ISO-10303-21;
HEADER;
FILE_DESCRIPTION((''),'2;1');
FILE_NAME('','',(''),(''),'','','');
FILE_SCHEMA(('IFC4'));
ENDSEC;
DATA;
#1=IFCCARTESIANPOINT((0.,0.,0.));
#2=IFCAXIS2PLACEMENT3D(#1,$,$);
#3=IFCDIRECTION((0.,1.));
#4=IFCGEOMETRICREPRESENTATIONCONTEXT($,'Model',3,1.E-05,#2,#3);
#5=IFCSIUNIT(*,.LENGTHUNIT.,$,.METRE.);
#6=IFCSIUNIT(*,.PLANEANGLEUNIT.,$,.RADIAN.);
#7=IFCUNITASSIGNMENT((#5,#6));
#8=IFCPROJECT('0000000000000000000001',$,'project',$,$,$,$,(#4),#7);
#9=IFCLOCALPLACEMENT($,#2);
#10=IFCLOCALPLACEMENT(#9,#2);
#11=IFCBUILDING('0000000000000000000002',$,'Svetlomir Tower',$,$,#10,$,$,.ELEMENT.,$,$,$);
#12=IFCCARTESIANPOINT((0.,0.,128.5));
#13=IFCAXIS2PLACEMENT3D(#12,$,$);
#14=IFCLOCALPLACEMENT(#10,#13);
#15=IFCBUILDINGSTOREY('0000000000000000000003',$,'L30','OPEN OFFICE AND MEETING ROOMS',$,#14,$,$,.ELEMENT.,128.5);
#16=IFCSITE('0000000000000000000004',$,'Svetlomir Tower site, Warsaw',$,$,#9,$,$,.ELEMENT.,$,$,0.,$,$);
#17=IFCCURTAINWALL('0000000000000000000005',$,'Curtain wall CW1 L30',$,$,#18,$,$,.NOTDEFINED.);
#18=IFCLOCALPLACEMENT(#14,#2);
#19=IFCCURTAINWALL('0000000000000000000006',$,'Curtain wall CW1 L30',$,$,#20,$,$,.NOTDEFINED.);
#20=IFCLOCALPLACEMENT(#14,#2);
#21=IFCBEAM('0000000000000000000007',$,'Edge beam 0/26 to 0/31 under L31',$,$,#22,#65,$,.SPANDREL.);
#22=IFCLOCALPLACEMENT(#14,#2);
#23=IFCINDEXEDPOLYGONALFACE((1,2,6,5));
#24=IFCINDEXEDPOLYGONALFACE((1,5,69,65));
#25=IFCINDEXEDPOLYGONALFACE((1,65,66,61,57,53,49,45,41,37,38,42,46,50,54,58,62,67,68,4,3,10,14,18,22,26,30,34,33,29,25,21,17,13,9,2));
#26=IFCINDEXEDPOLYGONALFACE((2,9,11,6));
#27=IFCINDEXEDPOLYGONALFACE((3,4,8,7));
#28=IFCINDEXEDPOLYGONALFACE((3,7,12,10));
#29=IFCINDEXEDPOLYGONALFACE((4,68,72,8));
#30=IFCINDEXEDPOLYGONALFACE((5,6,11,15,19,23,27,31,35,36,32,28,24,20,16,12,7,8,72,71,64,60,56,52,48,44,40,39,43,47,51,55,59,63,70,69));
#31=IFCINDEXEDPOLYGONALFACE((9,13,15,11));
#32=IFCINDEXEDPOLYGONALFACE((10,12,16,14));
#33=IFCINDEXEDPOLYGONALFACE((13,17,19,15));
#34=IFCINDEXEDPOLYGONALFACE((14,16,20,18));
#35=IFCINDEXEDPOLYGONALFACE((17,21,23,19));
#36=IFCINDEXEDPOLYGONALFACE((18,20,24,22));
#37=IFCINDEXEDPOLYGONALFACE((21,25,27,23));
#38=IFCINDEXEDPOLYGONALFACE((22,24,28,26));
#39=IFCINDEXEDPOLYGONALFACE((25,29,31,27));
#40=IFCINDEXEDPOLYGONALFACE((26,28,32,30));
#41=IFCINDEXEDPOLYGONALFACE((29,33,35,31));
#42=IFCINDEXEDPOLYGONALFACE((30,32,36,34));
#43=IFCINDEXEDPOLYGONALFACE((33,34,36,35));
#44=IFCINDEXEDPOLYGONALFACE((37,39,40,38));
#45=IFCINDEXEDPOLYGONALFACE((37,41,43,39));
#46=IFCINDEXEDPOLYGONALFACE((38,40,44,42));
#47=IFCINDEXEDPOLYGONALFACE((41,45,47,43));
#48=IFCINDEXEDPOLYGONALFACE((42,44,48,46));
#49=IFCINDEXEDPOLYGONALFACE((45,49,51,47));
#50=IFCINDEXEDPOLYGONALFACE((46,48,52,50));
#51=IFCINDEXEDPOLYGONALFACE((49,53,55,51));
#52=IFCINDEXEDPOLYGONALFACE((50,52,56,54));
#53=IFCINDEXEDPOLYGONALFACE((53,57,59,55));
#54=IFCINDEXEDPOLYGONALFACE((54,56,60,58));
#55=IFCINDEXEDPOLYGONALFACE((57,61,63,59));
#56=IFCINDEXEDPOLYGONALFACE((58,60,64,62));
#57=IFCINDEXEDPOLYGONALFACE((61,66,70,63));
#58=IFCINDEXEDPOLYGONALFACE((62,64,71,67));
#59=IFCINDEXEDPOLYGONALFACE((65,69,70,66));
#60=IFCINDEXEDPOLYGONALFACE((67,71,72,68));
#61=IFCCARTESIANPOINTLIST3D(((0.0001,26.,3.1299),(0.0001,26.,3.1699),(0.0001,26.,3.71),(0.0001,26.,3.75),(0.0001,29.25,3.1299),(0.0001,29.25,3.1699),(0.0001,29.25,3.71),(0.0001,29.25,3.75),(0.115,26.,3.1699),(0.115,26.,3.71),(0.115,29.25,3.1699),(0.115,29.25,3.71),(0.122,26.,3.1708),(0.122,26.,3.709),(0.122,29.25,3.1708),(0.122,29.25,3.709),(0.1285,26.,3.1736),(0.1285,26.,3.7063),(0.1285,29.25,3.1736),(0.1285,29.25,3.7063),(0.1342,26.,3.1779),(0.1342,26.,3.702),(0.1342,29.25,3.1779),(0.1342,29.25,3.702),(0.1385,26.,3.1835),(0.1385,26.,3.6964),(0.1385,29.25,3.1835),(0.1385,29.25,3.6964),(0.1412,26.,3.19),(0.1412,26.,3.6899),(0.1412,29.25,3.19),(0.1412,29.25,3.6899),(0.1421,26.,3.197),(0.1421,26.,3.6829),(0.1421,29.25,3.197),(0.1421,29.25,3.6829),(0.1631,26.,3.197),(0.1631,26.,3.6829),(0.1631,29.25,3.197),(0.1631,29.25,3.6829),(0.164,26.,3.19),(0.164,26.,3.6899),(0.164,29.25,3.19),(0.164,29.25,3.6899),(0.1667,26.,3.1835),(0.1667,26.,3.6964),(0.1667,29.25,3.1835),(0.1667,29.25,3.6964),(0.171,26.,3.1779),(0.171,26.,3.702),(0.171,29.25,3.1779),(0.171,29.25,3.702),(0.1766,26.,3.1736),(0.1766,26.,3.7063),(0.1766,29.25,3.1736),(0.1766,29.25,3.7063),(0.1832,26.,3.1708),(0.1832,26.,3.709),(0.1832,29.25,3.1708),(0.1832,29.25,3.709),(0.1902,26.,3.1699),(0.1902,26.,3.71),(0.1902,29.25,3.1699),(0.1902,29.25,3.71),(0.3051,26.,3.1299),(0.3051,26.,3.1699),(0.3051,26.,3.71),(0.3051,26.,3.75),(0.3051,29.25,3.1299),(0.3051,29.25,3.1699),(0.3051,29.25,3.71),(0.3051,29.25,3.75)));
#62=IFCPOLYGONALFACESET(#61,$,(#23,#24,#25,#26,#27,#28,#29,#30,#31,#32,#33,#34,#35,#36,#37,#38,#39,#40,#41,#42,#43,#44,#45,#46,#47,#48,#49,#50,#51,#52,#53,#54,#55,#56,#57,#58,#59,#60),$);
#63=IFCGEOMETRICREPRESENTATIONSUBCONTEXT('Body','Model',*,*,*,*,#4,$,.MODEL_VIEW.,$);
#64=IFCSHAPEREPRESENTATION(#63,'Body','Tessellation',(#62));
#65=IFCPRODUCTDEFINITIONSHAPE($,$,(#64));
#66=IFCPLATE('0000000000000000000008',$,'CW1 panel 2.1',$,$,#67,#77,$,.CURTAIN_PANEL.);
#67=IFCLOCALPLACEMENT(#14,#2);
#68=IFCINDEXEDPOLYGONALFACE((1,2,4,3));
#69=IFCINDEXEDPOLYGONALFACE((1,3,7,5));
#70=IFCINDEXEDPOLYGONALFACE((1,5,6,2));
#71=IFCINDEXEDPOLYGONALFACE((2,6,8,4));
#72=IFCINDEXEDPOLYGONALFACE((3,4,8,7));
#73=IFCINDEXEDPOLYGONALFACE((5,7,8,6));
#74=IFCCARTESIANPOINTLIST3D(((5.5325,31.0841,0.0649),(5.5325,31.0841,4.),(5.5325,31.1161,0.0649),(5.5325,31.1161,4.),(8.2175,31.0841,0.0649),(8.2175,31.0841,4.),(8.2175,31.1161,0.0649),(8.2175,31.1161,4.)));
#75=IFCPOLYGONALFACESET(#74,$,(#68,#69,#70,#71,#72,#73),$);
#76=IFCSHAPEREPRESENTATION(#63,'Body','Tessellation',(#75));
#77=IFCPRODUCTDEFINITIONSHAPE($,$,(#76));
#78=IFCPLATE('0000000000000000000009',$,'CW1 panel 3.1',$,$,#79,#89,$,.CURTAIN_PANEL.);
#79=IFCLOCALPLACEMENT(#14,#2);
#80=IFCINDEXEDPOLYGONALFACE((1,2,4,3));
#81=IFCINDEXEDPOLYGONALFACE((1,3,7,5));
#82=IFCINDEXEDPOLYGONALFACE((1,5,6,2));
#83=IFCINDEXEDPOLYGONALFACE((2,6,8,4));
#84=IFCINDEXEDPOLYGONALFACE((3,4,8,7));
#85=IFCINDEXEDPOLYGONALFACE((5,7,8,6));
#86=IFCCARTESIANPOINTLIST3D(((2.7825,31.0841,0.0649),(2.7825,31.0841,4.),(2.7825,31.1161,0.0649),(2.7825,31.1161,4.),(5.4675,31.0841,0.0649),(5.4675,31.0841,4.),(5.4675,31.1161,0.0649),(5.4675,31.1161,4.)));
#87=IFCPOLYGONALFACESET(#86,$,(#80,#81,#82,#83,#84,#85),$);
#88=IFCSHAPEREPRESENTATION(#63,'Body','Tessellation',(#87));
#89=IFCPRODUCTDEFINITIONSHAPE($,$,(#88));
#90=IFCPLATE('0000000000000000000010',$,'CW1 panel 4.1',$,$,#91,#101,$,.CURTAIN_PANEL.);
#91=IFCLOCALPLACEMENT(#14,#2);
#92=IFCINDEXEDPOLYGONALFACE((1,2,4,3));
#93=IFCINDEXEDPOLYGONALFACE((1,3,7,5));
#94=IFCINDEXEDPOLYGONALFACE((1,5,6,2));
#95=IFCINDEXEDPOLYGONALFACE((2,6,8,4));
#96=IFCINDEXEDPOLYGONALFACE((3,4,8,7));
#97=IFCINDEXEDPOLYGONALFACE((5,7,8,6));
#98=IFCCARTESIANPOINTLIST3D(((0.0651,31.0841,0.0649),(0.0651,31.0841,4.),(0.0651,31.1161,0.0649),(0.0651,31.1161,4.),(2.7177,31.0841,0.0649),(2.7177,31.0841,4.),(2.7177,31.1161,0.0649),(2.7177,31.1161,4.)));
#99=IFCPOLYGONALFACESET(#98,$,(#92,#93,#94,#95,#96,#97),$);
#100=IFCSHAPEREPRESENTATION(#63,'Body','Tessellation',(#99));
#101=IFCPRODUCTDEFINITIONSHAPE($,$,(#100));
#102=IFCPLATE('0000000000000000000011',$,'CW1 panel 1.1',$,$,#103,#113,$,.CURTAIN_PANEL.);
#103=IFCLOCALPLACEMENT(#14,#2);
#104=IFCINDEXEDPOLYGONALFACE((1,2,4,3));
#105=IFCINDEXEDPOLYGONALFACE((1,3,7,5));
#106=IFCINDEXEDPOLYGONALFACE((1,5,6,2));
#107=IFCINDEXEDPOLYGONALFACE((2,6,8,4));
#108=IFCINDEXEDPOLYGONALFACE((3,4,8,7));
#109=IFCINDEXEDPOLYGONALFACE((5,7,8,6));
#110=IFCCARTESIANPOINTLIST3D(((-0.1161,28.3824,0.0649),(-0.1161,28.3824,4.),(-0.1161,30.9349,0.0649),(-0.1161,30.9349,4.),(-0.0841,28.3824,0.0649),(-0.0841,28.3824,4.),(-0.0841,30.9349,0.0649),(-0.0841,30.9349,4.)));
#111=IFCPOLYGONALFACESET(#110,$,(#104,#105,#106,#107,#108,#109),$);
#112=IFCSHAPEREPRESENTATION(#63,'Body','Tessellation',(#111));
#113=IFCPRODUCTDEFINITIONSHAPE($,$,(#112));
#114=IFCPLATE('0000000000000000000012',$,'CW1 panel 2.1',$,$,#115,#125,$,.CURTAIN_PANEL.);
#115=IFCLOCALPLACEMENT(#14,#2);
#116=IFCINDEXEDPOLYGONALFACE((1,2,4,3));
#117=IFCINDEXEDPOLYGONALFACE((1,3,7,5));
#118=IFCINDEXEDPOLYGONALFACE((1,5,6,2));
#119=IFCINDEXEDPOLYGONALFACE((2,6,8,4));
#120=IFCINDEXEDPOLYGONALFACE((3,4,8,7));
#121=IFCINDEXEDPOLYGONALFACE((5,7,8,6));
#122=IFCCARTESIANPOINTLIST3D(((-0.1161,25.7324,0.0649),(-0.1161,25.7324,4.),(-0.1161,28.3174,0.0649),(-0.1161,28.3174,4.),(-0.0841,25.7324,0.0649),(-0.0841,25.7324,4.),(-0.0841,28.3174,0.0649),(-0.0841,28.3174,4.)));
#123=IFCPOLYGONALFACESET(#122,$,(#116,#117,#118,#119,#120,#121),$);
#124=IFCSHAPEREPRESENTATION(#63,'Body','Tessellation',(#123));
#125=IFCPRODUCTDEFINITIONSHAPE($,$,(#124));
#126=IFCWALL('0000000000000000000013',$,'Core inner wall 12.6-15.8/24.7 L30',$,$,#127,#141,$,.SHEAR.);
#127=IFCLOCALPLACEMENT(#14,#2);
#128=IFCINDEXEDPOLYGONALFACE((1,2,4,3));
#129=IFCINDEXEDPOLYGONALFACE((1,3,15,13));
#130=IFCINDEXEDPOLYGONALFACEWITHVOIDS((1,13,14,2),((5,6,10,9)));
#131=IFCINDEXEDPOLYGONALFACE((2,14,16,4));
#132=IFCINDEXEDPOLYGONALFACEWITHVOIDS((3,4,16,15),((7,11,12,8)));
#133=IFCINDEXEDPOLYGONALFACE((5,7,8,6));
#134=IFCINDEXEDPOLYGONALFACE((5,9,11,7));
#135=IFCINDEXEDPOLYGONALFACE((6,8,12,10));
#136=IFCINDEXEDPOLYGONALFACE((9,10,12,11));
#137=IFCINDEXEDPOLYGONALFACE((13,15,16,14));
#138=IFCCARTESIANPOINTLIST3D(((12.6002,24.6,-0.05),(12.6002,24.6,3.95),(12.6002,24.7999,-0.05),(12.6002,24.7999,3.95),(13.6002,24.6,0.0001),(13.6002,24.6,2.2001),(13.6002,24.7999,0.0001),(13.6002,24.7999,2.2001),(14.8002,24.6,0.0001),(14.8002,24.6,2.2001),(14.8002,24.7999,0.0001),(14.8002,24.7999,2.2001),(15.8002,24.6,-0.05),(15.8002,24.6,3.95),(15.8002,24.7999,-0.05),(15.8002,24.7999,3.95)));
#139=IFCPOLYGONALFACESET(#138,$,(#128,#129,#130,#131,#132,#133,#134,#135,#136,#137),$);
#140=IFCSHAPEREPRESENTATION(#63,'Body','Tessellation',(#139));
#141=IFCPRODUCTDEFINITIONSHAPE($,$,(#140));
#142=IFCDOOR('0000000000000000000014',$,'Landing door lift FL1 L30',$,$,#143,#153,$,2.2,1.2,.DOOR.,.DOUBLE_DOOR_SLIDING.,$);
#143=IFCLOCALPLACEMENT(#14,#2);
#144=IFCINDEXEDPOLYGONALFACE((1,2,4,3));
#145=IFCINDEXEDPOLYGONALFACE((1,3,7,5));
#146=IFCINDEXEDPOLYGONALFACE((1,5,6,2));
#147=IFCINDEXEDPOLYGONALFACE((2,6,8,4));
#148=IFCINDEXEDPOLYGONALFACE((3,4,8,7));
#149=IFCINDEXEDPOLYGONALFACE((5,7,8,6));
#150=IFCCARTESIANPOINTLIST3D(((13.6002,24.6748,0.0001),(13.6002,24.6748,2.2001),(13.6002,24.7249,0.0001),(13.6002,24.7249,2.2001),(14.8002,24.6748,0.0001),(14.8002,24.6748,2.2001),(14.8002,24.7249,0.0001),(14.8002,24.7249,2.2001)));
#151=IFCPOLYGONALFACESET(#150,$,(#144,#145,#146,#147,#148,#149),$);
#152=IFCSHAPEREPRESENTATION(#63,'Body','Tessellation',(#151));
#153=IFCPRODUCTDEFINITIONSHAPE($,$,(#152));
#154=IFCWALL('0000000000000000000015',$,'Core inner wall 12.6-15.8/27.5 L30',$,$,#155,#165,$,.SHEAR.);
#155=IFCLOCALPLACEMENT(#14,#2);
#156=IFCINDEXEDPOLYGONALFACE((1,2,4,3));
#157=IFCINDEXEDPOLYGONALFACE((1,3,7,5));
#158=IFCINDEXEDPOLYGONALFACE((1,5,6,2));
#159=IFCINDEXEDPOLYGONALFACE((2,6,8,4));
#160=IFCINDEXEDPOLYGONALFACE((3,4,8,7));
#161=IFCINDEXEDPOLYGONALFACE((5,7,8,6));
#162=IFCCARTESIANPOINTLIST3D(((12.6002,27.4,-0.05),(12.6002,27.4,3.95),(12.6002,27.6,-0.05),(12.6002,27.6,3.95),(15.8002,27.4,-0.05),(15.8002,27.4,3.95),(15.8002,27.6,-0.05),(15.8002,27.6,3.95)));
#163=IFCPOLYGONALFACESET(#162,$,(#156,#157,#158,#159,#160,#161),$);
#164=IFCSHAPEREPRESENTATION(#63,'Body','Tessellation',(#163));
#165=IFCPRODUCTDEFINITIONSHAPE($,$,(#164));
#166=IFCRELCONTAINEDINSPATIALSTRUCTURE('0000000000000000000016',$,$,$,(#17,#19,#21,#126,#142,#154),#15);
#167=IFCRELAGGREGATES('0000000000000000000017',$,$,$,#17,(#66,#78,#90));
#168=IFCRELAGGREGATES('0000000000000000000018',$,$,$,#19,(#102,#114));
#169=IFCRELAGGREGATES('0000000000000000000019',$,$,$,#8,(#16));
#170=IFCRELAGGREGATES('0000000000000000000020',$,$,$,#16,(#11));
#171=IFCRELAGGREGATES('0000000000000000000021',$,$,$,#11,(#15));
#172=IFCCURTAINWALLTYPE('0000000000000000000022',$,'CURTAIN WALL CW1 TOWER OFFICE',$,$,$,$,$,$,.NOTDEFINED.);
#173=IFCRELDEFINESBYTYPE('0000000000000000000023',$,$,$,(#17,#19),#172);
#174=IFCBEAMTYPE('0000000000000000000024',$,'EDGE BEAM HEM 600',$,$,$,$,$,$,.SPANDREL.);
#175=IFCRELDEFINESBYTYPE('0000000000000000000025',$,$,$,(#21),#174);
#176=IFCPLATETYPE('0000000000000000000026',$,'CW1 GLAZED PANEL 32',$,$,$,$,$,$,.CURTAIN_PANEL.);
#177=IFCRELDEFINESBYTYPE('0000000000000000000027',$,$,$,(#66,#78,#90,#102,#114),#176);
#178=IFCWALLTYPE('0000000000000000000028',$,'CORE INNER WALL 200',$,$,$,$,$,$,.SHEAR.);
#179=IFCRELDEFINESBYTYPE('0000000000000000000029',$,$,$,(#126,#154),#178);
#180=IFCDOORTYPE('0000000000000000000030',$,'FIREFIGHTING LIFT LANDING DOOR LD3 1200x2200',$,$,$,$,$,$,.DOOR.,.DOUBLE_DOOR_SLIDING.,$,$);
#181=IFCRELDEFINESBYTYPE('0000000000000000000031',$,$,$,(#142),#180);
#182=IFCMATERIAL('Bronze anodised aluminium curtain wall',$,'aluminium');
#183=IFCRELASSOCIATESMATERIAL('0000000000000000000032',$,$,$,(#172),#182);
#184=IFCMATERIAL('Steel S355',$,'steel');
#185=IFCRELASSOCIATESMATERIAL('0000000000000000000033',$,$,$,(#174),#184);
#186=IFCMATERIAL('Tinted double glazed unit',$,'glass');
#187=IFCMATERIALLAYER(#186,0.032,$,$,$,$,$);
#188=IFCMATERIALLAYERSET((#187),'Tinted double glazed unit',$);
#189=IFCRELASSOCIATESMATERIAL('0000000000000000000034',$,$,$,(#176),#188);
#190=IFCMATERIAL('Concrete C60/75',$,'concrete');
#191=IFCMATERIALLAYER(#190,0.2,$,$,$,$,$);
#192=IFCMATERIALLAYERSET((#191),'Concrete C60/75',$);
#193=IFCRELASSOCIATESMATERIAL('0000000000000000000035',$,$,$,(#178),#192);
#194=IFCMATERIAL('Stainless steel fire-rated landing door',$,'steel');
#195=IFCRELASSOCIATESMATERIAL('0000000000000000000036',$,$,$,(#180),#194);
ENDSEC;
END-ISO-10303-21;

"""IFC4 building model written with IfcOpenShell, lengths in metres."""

from ifc_helpers import new_model, si_unit, direction, frame, frame_2d, origin, origin_2d, place, context, subcontext, project, spatial, rectangle, i_section, extrude, material, layer, layer_set, material_profile, profile_set, type_object, element, fill, aggregate, save


model = new_model("IFC4")

# Units and contexts
model_context = context("Model", 3, precision=1e-05, world=origin(), true_north=direction((0.0, 1.0)))
body_context = subcontext(model_context, "Body", "Model", "MODEL_VIEW")
ifc_project = project(units=[si_unit("LENGTHUNIT", "METRE"), si_unit("PLANEANGLEUNIT", "RADIAN")], contexts=[model_context])

# Site, building, storey
site_placement = place(None, origin())
site = spatial("IfcSite", under=ifc_project, at=site_placement, Name="Svetlomir Tower site, Warsaw", CompositionType="ELEMENT", RefElevation=0.0)
building_placement = place(site_placement, origin())
building = spatial("IfcBuilding", under=site, at=building_placement, Name="Svetlomir Tower", CompositionType="ELEMENT")
storey_placement = place(building_placement, frame((0.0, 0.0, 128.5)))
storey = spatial("IfcBuildingStorey", under=building, at=storey_placement, Name="L30", Description="OPEN OFFICE AND MEETING ROOMS", CompositionType="ELEMENT", Elevation=128.5)

# Shared definitions
ifc_material_1 = material(Name="Bronze anodised aluminium curtain wall", Category="aluminium")
curtain_wall_type = type_object("IfcCurtainWallType", Name="CURTAIN WALL CW1 TOWER OFFICE", PredefinedType="NOTDEFINED", material=ifc_material_1)

# Curtain walls
curtain_wall_1_placement = place(storey_placement, origin())
curtain_wall_1 = element("IfcCurtainWall", 1, at=curtain_wall_1_placement, inside=storey, type_object=curtain_wall_type, Name="Curtain wall CW1 L30", PredefinedType="NOTDEFINED")
curtain_wall_2_placement = place(storey_placement, origin())
curtain_wall_2 = element("IfcCurtainWall", 2, at=curtain_wall_2_placement, inside=storey, type_object=curtain_wall_type, Name="Curtain wall CW1 L30", PredefinedType="NOTDEFINED")

# Beam
ifc_material_2 = material(Name="Steel S355", Category="steel")
ifc_material_profile_1 = material_profile(ifc_material_2, i_section(OverallWidth=0.3049, OverallDepth=0.6201, WebThickness=0.021, FlangeThickness=0.04, FilletRadius=0.0271, at=origin_2d()), Name="HEM 600")
ifc_profile_set_1 = profile_set([ifc_material_profile_1], Name="Steel S355")
beam_type = type_object("IfcBeamType", Name="EDGE BEAM HEM 600", PredefinedType="SPANDREL", material=ifc_profile_set_1)
beam_placement = place(storey_placement, frame((0.1526, 26.0, 3.4399), z_axis=(0.0, 1.0, 0.0), x_axis=(-1.0, 0.0, 0.0)))
element("IfcBeam", 3, at=beam_placement, inside=storey, type_object=beam_type, Name="Edge beam 0/26 to 0/31 under L31", PredefinedType="SPANDREL", context=body_context, shape_type="SweptSolid", body=[
    extrude(i_section(OverallWidth=0.3049, OverallDepth=0.6201, WebThickness=0.021, FlangeThickness=0.04, FilletRadius=0.0271, at=origin_2d()), origin(), (0.0, 0.0, 1.0), 3.25),
])

# Plates
ifc_material_3 = material(Name="Tinted double glazed unit", Category="glass")
ifc_layer_1 = layer(ifc_material_3, 0.032)
ifc_layer_set_1 = layer_set([ifc_layer_1], Name="Tinted double glazed unit")
plate_type = type_object("IfcPlateType", Name="CW1 GLAZED PANEL 32", PredefinedType="CURTAIN_PANEL", material=ifc_layer_set_1)
plate_1_placement = place(storey_placement, frame((6.875, 31.1001, 0.0649), z_axis=(0.0, 0.0, 1.0), x_axis=(-1.0, 0.0, 0.0)))
plate_1 = element("IfcPlate", 4, at=plate_1_placement, type_object=plate_type, Name="CW1 panel 2.1", PredefinedType="CURTAIN_PANEL", context=body_context, shape_type="SweptSolid", body=[
    extrude(rectangle(XDim=2.6851, YDim=0.032, at=origin_2d()), origin(), (0.0, 0.0, 1.0), 3.9351),
])
plate_2_placement = place(storey_placement, frame((4.125, 31.1001, 0.0649), z_axis=(0.0, 0.0, 1.0), x_axis=(-1.0, 0.0, 0.0)))
plate_2 = element("IfcPlate", 5, at=plate_2_placement, type_object=plate_type, Name="CW1 panel 3.1", PredefinedType="CURTAIN_PANEL", context=body_context, shape_type="SweptSolid", body=[
    extrude(rectangle(XDim=2.6851, YDim=0.032, at=origin_2d()), origin(), (0.0, 0.0, 1.0), 3.9351),
])
plate_3_placement = place(storey_placement, frame((1.3914, 31.1001, 0.0649), z_axis=(0.0, 0.0, 1.0), x_axis=(-1.0, 0.0, 0.0)))
plate_3 = element("IfcPlate", 6, at=plate_3_placement, type_object=plate_type, Name="CW1 panel 4.1", PredefinedType="CURTAIN_PANEL", context=body_context, shape_type="SweptSolid", body=[
    extrude(rectangle(XDim=2.6526, YDim=0.032, at=origin_2d()), origin(), (0.0, 0.0, 1.0), 3.9351),
])
aggregate(curtain_wall_1, [plate_1, plate_2, plate_3])
plate_4_placement = place(storey_placement, frame((-0.1001, 29.6587, 0.0649), z_axis=(0.0, 0.0, 1.0), x_axis=(0.0, -1.0, 0.0)))
plate_4 = element("IfcPlate", 7, at=plate_4_placement, type_object=plate_type, Name="CW1 panel 1.1", PredefinedType="CURTAIN_PANEL", context=body_context, shape_type="SweptSolid", body=[
    extrude(rectangle(XDim=2.5525, YDim=0.032, at=origin_2d()), origin(), (0.0, 0.0, 1.0), 3.9351),
])
plate_5_placement = place(storey_placement, frame((-0.1001, 27.0249, 0.0649), z_axis=(0.0, 0.0, 1.0), x_axis=(0.0, -1.0, 0.0)))
plate_5 = element("IfcPlate", 8, at=plate_5_placement, type_object=plate_type, Name="CW1 panel 2.1", PredefinedType="CURTAIN_PANEL", context=body_context, shape_type="SweptSolid", body=[
    extrude(rectangle(XDim=2.585, YDim=0.032, at=origin_2d()), origin(), (0.0, 0.0, 1.0), 3.9351),
])
aggregate(curtain_wall_2, [plate_4, plate_5])

# Wall, opening, door
ifc_material_4 = material(Name="Concrete C60/75", Category="concrete")
ifc_layer_2 = layer(ifc_material_4, 0.2)
ifc_layer_set_2 = layer_set([ifc_layer_2], Name="Concrete C60/75")
wall_type_1 = type_object("IfcWallType", Name="CORE INNER WALL 200", PredefinedType="SHEAR", material=ifc_layer_set_2)
wall_1_placement = place(storey_placement, frame((12.6001, 24.7, -0.05), z_axis=(0.0, 0.0, 1.0), x_axis=(1.0, 0.0, 0.0)))
wall_1 = element("IfcWall", 9, at=wall_1_placement, inside=storey, type_object=wall_type_1, Name="Core inner wall 12.6-15.8/24.7 L30", PredefinedType="SHEAR", context=body_context, shape_type="SweptSolid", body=[
    extrude(rectangle(XDim=3.2, YDim=0.2, at=frame_2d((1.6001, 0.0))), origin(), (0.0, 0.0, 1.0), 4.0),
])
opening_1_placement = place(wall_1_placement, frame((1.0, 0.0, 0.05)))
opening_1 = element("IfcOpeningElement", 10, at=opening_1_placement, cuts=wall_1, PredefinedType="OPENING", context=body_context, shape_type="SweptSolid", body=[
    extrude(rectangle(XDim=1.2, YDim=2.2, at=frame_2d((0.6001, 1.1001))), frame((0.0, 0.1099, 0.0), z_axis=(0.0, -1.0, 0.0), x_axis=(1.0, 0.0, 0.0)), (0.0, 0.0, 1.0), 0.22),
])
ifc_material_5 = material(Name="Stainless steel fire-rated landing door", Category="steel")
door_type_1 = type_object("IfcDoorType", Name="FIREFIGHTING LIFT LANDING DOOR LD3 1200x2200", OperationType="DOUBLE_DOOR_SLIDING", PredefinedType="DOOR", material=ifc_material_5)
door_1_placement = place(opening_1_placement, origin())
door_1 = element("IfcDoor", 11, at=door_1_placement, inside=storey, type_object=door_type_1, Name="Landing door lift FL1 L30", OperationType="DOUBLE_DOOR_SLIDING", OverallHeight=2.2, OverallWidth=1.2, PredefinedType="DOOR", context=body_context, shape_type="SweptSolid", body=[
    extrude(rectangle(XDim=1.2, YDim=2.2, at=frame_2d((0.6001, 1.1001))), frame((0.0, 0.0249, 0.0), z_axis=(0.0, -1.0, 0.0), x_axis=(1.0, 0.0, 0.0)), (0.0, 0.0, 1.0), 0.05),
])
fill(opening_1, door_1)

# Wall
wall_2_placement = place(storey_placement, frame((12.6001, 27.5, -0.05), z_axis=(0.0, 0.0, 1.0), x_axis=(1.0, 0.0, 0.0)))
element("IfcWall", 12, at=wall_2_placement, inside=storey, type_object=wall_type_1, Name="Core inner wall 12.6-15.8/27.5 L30", PredefinedType="SHEAR", context=body_context, shape_type="SweptSolid", body=[
    extrude(rectangle(XDim=3.2, YDim=0.2, at=frame_2d((1.6001, 0.0))), origin(), (0.0, 0.0, 1.0), 4.0),
])

save(model, "model.ifc")
